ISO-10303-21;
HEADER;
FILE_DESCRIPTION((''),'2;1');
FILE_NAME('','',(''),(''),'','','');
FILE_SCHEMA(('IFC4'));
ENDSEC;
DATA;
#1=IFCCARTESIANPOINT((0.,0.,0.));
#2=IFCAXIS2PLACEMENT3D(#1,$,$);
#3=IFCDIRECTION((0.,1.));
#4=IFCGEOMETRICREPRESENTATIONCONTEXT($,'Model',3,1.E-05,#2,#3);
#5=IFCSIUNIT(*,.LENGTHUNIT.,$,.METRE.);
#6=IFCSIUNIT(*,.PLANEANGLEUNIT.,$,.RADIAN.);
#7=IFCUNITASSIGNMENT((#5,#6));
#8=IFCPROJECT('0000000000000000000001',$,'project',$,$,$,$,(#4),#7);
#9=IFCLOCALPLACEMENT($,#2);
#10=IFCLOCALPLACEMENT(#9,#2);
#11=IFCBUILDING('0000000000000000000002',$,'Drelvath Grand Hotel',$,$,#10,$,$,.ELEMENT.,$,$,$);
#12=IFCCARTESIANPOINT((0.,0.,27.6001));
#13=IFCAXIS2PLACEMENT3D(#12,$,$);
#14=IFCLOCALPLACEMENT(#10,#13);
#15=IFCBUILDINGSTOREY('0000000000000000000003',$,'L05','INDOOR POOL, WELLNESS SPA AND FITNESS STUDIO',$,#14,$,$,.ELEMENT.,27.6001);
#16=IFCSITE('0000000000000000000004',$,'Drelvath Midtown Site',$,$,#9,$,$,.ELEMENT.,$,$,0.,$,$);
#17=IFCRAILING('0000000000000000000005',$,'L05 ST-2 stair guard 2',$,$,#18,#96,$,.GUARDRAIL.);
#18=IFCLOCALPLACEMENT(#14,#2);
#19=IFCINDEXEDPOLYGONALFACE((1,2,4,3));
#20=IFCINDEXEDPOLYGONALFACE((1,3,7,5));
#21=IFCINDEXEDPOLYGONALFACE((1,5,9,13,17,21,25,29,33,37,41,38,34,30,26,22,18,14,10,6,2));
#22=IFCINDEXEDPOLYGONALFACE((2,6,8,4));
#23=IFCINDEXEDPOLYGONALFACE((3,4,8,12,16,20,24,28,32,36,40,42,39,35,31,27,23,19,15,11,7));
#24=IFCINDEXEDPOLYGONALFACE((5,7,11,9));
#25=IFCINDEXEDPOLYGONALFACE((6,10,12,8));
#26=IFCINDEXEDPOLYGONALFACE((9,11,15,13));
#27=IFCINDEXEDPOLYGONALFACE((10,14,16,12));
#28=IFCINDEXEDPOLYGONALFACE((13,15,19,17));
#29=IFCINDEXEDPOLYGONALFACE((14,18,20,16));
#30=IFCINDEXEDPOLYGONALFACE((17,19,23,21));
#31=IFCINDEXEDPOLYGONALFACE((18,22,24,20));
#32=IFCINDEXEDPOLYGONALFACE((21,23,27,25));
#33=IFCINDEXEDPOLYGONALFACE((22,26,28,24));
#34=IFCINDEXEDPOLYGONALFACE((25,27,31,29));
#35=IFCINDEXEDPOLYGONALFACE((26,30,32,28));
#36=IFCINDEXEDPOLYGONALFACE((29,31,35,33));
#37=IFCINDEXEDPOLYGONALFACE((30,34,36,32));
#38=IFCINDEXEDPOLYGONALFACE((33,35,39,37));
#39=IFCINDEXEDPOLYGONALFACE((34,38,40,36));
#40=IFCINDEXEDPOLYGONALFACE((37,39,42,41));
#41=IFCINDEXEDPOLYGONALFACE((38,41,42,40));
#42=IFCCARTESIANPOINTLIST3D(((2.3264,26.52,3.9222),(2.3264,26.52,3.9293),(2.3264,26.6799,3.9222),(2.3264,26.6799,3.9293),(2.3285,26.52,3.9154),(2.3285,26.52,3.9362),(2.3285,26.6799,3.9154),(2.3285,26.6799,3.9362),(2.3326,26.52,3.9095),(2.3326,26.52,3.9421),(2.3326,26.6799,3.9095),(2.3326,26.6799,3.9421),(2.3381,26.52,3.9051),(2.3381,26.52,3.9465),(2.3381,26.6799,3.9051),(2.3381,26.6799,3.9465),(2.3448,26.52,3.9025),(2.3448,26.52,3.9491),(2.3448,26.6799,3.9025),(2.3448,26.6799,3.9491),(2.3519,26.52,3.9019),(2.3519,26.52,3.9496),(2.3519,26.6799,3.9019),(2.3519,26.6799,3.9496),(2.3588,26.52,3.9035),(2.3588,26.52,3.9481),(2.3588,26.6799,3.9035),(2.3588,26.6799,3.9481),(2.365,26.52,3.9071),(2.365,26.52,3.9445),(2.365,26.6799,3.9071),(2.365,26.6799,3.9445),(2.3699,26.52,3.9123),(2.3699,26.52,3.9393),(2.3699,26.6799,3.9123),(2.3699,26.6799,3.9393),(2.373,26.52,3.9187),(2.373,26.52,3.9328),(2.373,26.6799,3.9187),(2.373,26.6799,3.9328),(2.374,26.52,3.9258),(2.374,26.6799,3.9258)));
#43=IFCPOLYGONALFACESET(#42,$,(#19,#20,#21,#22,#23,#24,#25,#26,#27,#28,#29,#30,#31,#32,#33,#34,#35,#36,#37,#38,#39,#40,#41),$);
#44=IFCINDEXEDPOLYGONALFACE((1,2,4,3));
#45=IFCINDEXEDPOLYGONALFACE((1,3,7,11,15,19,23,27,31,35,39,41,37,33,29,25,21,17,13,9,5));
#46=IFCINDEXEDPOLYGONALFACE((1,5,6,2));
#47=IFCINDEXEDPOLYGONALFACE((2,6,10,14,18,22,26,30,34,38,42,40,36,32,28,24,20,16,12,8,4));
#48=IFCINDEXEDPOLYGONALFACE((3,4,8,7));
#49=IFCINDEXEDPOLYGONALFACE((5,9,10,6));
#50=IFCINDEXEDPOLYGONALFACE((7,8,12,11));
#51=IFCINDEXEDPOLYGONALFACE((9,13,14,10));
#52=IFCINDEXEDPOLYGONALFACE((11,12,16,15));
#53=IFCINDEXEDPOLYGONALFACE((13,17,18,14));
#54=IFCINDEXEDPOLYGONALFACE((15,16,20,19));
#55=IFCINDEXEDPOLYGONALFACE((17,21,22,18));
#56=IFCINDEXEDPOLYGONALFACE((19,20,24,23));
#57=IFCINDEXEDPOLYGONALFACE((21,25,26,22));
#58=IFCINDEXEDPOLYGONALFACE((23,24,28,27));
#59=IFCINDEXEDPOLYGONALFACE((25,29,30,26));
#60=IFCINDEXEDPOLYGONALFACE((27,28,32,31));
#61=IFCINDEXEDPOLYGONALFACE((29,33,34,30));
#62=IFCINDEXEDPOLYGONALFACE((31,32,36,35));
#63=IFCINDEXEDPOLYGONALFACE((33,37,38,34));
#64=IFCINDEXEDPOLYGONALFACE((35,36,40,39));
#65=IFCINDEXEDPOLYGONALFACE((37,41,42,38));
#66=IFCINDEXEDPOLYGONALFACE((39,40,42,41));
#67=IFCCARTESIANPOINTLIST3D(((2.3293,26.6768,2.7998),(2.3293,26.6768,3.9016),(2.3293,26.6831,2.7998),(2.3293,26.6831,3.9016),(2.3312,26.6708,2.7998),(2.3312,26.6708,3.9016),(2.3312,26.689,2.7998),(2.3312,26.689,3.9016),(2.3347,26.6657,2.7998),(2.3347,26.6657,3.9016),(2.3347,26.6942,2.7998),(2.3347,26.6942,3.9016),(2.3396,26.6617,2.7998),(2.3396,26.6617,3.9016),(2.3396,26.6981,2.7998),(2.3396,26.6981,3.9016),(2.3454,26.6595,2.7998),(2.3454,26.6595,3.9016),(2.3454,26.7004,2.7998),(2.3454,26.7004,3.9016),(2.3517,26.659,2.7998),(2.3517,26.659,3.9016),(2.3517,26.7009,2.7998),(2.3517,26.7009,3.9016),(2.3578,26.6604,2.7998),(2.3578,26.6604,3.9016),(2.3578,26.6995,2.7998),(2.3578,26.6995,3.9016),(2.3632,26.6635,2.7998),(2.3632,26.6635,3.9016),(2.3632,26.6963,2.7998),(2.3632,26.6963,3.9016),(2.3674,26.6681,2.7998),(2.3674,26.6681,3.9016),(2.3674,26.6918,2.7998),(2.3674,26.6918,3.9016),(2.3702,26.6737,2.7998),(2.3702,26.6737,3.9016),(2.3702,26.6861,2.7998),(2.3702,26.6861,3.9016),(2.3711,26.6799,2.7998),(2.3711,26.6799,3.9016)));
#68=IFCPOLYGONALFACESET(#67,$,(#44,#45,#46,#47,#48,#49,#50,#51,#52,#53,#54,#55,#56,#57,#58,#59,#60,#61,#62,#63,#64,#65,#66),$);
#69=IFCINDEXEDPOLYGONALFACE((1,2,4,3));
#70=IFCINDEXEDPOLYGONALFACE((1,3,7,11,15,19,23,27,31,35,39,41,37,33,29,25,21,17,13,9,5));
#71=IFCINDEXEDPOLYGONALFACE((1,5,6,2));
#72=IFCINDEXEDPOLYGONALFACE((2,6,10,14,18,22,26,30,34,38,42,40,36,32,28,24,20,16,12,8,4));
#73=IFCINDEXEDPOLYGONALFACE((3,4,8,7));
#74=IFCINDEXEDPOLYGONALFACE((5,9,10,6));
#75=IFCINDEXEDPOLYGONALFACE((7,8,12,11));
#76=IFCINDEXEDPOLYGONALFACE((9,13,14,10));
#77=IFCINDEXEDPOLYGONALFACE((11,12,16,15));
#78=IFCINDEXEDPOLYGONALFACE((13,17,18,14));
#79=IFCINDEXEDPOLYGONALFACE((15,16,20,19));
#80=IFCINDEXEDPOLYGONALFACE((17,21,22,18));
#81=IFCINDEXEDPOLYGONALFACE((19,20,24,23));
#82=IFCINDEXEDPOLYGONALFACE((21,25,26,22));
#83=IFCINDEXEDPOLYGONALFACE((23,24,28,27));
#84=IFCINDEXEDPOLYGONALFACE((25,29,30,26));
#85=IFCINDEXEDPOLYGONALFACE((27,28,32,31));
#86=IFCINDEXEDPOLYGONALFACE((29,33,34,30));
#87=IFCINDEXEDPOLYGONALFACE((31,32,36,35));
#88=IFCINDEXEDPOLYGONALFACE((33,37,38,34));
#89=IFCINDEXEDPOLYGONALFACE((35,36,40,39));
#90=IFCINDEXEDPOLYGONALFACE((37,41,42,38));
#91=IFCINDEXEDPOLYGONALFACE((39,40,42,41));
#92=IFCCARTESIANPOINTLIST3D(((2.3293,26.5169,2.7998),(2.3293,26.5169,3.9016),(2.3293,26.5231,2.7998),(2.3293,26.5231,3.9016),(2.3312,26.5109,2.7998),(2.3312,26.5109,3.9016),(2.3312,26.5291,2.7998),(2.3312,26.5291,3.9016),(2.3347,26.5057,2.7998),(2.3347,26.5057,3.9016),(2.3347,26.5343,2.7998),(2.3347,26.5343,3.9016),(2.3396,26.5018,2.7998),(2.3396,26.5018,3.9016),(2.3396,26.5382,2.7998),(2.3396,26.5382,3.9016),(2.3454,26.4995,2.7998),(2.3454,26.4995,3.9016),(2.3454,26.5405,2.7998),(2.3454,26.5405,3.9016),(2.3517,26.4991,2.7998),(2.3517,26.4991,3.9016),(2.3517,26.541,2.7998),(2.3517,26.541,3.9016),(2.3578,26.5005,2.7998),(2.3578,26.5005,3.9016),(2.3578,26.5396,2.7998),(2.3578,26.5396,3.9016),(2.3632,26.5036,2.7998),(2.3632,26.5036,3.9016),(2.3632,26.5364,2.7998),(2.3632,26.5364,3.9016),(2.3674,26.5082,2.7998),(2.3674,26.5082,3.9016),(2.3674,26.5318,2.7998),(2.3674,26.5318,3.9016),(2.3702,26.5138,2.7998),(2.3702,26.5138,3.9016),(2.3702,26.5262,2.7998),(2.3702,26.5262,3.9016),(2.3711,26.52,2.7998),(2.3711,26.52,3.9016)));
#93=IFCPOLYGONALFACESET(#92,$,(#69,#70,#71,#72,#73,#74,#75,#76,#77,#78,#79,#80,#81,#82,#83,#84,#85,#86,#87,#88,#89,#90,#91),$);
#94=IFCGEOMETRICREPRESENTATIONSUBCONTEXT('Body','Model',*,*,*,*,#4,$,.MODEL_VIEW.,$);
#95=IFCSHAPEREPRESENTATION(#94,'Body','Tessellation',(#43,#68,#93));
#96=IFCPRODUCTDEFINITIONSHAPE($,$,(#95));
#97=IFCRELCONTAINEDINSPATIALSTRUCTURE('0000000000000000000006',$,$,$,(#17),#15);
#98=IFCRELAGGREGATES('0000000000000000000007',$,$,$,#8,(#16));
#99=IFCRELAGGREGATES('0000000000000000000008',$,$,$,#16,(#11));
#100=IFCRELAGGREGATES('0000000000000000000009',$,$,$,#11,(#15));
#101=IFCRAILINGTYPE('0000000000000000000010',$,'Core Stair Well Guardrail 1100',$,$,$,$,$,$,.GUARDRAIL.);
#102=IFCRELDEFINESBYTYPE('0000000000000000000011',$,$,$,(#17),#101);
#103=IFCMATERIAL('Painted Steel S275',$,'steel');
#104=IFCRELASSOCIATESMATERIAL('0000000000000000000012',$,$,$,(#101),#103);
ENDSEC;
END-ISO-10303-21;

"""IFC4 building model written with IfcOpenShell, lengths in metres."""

from ifc_helpers import new_model, si_unit, direction, frame, origin, origin_2d, place, context, subcontext, project, spatial, circle, extrude, material, type_object, element, save


model = new_model("IFC4")

# Units and contexts
model_context = context("Model", 3, precision=1e-05, world=origin(), true_north=direction((0.0, 1.0)))
body_context = subcontext(model_context, "Body", "Model", "MODEL_VIEW")
ifc_project = project(units=[si_unit("LENGTHUNIT", "METRE"), si_unit("PLANEANGLEUNIT", "RADIAN")], contexts=[model_context])

# Site, building, storey
site_placement = place(None, origin())
site = spatial("IfcSite", under=ifc_project, at=site_placement, Name="Drelvath Midtown Site", CompositionType="ELEMENT", RefElevation=0.0)
building_placement = place(site_placement, origin())
building = spatial("IfcBuilding", under=site, at=building_placement, Name="Drelvath Grand Hotel", CompositionType="ELEMENT")
storey_placement = place(building_placement, frame((0.0, 0.0, 27.6001)))
storey = spatial("IfcBuildingStorey", under=building, at=storey_placement, Name="L05", Description="INDOOR POOL, WELLNESS SPA AND FITNESS STUDIO", CompositionType="ELEMENT", Elevation=27.6001)

# Shared definitions
ifc_material_1 = material(Name="Painted Steel S275", Category="steel")

# Railing
railing_type_1 = type_object("IfcRailingType", Name="Core Stair Well Guardrail 1100", PredefinedType="GUARDRAIL", material=ifc_material_1)
railing_1_placement = place(storey_placement, frame((2.3501, 26.6799, 2.7998)))
element("IfcRailing", 1, at=railing_1_placement, inside=storey, type_object=railing_type_1, Name="L05 ST-2 stair guard 2", PredefinedType="GUARDRAIL", context=body_context, shape_type="SweptSolid", body=[
    extrude(circle(Radius=0.0239, at=origin_2d()), frame((0.0, 0.0, 1.126), z_axis=(0.0, -1.0, 0.0), x_axis=(1.0, 0.0, 0.0)), (0.0, 0.0, 1.0), 0.1599),
    extrude(circle(Radius=0.021, at=origin_2d()), origin(), (0.0, 0.0, 1.0), 1.1018),
    extrude(circle(Radius=0.021, at=origin_2d()), frame((0.0, -0.1599, 0.0)), (0.0, 0.0, 1.0), 1.1018),
])

save(model, "model.ifc")
